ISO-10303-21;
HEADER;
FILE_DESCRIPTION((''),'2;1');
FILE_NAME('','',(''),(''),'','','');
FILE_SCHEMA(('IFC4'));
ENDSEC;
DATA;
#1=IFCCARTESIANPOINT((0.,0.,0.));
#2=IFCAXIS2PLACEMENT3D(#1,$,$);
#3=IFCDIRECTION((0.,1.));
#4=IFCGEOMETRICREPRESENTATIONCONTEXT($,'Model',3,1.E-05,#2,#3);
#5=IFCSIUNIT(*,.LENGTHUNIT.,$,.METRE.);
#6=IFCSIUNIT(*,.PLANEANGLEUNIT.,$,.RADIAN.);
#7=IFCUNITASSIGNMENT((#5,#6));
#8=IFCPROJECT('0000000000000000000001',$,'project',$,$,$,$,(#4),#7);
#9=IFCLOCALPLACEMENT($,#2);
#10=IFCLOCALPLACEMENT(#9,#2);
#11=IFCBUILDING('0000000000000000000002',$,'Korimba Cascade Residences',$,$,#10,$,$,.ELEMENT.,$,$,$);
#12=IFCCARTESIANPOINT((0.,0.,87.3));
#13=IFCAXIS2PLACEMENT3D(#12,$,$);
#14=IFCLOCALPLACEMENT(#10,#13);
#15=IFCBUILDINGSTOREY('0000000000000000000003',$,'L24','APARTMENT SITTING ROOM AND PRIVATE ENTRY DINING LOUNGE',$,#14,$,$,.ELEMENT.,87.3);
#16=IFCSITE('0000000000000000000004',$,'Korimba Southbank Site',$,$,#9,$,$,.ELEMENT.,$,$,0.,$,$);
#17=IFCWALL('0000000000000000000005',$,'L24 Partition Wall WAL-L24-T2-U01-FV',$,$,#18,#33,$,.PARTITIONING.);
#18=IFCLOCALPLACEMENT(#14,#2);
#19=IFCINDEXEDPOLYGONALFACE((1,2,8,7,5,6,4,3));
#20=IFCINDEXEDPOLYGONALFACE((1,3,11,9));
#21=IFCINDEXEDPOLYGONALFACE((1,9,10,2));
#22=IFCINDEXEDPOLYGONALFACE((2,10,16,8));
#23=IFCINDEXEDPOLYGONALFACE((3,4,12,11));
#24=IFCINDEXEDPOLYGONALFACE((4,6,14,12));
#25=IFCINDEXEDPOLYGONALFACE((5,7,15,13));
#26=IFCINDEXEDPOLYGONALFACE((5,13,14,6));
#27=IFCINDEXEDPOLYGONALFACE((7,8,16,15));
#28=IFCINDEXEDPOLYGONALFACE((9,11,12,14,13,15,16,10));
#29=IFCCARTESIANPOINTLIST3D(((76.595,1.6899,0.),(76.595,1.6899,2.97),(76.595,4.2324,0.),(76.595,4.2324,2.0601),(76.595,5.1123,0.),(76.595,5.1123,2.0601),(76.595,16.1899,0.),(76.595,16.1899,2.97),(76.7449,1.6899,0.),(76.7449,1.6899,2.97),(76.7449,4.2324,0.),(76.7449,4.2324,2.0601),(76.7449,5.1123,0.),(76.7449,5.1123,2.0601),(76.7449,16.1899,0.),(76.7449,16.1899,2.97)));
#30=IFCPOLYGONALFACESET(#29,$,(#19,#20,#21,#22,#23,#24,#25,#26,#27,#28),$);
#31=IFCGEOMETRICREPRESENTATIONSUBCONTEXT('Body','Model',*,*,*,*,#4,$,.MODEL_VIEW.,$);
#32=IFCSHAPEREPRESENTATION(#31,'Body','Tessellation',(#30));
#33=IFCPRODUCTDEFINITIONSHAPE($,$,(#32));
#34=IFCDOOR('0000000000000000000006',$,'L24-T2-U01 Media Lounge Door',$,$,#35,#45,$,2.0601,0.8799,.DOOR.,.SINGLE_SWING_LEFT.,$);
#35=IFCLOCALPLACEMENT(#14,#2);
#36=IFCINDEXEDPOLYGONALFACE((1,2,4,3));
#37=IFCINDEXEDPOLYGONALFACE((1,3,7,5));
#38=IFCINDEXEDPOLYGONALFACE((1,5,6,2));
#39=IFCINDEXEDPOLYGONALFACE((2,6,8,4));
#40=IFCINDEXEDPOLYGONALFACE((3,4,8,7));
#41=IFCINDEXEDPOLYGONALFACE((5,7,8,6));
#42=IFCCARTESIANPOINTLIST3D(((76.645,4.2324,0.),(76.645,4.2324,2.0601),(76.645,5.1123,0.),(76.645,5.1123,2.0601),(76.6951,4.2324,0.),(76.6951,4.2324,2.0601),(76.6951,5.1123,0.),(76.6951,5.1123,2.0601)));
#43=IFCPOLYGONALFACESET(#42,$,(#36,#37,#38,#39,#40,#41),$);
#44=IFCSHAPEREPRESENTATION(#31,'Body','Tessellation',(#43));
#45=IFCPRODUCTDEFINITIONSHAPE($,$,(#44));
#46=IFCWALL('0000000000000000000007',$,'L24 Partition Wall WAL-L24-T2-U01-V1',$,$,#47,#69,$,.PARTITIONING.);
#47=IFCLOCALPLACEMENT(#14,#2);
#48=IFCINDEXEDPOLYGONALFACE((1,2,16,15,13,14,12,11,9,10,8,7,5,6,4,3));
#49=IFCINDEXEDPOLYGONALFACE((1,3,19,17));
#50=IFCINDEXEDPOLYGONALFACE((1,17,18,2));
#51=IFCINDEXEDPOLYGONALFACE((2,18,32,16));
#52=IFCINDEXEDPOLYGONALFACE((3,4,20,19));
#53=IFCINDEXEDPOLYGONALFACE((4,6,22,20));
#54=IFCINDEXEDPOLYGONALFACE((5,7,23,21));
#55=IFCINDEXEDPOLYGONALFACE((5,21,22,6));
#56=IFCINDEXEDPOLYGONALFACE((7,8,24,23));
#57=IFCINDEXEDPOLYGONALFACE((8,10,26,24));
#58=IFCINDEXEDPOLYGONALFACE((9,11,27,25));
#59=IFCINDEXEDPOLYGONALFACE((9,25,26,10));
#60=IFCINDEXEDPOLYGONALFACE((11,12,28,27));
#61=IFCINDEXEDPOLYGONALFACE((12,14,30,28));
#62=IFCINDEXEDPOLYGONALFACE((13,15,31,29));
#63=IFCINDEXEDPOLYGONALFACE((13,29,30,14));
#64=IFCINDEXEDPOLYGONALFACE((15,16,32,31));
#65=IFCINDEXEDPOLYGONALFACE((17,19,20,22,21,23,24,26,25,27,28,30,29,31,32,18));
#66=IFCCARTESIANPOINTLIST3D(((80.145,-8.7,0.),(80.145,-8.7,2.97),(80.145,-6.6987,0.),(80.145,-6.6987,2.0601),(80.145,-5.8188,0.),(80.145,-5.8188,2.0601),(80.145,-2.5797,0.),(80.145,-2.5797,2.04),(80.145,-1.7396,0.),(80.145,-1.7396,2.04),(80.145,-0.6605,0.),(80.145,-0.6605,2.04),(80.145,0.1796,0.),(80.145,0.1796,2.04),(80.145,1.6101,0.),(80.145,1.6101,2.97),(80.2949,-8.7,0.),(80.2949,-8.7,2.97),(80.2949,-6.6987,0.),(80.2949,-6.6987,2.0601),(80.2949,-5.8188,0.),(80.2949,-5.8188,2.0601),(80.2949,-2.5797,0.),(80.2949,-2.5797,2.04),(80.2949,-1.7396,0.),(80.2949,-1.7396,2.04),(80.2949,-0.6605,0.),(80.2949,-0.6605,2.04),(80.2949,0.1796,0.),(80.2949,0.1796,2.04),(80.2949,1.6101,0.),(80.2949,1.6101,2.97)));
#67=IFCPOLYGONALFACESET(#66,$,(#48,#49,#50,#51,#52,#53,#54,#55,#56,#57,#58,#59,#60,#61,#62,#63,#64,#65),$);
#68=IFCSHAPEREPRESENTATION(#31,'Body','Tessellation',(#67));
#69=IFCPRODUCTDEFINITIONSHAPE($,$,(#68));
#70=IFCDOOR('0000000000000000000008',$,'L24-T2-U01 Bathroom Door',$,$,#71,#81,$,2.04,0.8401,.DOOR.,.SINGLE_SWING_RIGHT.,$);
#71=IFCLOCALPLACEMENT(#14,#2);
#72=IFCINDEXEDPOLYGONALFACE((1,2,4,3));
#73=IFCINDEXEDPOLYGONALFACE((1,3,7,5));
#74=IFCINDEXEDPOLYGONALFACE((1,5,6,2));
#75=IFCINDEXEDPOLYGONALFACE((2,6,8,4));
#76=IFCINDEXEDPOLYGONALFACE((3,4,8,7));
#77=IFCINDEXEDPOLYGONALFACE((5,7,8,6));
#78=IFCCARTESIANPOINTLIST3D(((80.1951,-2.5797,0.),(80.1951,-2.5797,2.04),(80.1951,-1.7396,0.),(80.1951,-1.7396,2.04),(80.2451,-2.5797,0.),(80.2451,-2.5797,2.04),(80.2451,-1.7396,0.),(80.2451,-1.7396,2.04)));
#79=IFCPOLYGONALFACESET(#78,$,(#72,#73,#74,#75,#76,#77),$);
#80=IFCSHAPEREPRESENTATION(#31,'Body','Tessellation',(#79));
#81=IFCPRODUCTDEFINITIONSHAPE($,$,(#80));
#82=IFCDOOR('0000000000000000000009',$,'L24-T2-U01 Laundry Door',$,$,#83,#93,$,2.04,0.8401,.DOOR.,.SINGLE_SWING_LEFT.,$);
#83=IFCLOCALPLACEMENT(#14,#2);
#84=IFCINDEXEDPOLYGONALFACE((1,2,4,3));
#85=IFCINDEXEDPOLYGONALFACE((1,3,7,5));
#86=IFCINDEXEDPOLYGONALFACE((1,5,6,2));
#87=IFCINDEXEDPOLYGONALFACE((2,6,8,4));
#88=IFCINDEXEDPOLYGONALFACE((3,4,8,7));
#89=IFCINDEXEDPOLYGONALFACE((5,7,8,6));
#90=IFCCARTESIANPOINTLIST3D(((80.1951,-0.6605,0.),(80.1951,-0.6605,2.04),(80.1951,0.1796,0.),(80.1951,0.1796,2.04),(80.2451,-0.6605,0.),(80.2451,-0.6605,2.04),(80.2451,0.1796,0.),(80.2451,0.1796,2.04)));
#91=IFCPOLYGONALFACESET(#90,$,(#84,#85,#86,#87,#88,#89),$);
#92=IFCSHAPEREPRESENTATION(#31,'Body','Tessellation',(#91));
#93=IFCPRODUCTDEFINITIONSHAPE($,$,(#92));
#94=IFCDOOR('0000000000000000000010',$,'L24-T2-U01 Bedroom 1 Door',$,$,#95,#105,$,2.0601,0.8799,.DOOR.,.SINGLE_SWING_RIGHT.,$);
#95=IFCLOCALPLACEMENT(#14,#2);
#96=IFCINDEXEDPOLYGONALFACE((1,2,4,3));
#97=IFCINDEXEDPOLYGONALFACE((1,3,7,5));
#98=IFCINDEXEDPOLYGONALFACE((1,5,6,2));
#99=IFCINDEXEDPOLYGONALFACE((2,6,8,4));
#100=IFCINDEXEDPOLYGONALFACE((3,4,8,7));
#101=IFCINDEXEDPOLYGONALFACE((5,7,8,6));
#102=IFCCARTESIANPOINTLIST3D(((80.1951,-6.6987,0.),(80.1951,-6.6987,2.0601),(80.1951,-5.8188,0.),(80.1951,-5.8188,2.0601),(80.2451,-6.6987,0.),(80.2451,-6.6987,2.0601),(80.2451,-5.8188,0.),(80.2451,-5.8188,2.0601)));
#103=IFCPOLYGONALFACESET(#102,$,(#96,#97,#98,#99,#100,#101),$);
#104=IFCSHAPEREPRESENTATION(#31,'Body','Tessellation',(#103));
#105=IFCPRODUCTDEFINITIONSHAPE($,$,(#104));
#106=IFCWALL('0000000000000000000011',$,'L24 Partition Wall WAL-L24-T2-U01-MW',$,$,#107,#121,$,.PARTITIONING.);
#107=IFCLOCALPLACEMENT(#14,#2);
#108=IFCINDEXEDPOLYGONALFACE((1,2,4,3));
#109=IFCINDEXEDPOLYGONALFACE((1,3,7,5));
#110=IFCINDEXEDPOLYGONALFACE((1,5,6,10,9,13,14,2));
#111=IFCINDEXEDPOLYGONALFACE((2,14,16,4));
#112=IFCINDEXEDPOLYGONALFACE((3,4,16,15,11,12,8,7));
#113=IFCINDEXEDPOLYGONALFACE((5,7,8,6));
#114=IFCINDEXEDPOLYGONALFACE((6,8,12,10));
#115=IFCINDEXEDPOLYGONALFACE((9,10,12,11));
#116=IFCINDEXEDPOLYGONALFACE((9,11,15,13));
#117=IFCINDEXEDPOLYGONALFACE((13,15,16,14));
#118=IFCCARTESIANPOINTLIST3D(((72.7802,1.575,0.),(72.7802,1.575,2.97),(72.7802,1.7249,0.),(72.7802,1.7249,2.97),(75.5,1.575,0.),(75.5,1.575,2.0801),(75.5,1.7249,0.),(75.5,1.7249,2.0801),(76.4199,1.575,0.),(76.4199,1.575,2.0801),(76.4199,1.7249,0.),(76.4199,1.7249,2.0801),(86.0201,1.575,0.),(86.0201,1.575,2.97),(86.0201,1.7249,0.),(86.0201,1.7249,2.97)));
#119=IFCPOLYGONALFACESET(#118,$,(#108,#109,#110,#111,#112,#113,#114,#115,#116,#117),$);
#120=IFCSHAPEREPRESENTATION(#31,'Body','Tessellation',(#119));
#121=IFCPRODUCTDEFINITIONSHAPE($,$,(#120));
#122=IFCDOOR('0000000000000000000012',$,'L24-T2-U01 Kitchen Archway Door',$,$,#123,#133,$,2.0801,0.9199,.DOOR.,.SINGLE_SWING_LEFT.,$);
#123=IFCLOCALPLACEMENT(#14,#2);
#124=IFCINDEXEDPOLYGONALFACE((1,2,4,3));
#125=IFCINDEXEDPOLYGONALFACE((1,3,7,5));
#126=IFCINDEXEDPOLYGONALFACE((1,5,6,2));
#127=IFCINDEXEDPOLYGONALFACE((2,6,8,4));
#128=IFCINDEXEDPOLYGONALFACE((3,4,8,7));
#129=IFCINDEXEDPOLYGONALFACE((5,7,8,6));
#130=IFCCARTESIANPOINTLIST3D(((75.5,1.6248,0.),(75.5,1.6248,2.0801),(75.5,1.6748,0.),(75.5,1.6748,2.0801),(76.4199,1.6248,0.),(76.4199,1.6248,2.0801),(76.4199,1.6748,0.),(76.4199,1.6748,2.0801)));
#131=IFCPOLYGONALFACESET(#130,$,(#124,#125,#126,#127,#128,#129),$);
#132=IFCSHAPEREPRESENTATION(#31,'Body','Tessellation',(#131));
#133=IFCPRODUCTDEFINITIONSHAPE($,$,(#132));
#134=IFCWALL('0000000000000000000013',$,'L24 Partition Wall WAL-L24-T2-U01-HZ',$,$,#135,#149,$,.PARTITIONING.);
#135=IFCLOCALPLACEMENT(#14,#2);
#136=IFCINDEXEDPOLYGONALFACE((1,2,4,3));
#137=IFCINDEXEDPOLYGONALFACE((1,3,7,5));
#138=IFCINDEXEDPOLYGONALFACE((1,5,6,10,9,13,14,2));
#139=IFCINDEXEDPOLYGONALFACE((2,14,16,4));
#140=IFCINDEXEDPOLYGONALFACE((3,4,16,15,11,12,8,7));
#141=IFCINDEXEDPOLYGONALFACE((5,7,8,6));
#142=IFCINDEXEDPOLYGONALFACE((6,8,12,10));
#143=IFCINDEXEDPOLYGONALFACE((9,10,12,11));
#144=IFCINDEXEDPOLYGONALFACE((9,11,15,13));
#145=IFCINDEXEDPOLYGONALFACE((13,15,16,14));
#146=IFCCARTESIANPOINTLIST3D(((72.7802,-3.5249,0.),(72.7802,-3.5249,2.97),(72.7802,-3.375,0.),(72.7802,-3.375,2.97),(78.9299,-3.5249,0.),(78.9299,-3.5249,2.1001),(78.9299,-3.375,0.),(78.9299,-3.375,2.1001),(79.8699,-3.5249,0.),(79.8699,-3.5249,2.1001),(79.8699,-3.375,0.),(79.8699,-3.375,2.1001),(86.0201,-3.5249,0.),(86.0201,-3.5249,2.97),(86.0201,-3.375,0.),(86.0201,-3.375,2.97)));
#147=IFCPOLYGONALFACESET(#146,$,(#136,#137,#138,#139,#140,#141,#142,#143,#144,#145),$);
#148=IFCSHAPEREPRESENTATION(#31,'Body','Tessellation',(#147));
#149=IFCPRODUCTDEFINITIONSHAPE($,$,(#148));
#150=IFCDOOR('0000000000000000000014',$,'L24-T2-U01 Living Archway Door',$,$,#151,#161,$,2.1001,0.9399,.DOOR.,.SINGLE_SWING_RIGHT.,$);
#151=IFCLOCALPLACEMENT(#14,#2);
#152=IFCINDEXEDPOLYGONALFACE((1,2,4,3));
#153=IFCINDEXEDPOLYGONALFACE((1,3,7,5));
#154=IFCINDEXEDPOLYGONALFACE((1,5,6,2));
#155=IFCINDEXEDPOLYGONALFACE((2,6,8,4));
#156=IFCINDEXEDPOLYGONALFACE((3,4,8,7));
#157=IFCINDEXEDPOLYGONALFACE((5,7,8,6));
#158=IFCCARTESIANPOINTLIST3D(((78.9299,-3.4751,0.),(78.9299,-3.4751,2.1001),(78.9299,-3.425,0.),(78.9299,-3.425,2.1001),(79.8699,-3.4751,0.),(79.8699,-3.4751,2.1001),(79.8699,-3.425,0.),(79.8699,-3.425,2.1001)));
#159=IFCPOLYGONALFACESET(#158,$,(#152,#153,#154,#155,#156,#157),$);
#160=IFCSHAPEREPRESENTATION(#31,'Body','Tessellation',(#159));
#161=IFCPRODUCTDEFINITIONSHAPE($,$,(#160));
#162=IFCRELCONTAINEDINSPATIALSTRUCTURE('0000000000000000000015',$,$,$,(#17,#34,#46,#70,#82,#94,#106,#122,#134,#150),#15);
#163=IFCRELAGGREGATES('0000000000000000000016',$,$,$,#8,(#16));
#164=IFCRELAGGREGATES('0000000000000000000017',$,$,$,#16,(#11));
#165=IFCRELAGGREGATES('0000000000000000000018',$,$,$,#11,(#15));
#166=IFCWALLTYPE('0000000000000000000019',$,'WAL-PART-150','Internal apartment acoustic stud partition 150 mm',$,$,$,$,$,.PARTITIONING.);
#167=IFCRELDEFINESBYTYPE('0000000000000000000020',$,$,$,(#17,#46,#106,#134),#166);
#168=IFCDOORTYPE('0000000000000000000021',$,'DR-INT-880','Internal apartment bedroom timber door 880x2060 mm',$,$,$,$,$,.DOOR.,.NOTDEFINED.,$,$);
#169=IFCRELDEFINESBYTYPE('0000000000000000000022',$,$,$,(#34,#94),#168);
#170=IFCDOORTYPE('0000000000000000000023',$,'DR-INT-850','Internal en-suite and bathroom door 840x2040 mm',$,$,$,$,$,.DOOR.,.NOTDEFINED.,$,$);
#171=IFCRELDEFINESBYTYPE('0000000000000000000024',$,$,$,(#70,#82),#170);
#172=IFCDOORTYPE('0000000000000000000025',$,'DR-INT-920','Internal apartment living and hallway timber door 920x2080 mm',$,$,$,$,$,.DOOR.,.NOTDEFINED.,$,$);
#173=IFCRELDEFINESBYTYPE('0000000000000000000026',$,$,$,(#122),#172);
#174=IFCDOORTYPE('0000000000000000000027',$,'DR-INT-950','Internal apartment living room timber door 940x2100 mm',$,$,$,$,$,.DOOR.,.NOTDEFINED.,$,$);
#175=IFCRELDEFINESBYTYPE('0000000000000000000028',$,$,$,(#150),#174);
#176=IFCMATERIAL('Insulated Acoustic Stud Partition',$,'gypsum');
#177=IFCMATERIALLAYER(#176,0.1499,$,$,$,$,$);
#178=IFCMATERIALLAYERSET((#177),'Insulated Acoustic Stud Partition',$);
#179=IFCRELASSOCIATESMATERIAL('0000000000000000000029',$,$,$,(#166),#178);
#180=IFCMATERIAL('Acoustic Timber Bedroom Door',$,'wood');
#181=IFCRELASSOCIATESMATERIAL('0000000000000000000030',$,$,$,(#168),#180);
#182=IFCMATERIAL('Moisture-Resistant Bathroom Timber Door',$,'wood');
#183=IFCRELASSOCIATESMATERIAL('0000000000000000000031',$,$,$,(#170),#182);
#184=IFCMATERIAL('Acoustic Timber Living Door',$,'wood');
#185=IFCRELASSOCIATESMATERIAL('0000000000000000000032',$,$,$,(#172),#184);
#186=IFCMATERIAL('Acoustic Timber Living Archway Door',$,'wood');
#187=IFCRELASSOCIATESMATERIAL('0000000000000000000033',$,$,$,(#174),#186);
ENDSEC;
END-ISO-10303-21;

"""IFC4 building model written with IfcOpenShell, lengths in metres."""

from ifc_helpers import new_model, si_unit, direction, frame, frame_2d, origin, place, context, subcontext, project, spatial, rectangle, extrude, material, layer, layer_set, type_object, element, fill, save


model = new_model("IFC4")

# Units and contexts
model_context = context("Model", 3, precision=1e-05, world=origin(), true_north=direction((0.0, 1.0)))
body_context = subcontext(model_context, "Body", "Model", "MODEL_VIEW")
ifc_project = project(units=[si_unit("LENGTHUNIT", "METRE"), si_unit("PLANEANGLEUNIT", "RADIAN")], contexts=[model_context])

# Site, building, storey
site_placement = place(None, origin())
site = spatial("IfcSite", under=ifc_project, at=site_placement, Name="Korimba Southbank Site", CompositionType="ELEMENT", RefElevation=0.0)
building_placement = place(site_placement, origin())
building = spatial("IfcBuilding", under=site, at=building_placement, Name="Korimba Cascade Residences", CompositionType="ELEMENT")
storey_placement = place(building_placement, frame((0.0, 0.0, 87.3)))
storey = spatial("IfcBuildingStorey", under=building, at=storey_placement, Name="L24", Description="APARTMENT SITTING ROOM AND PRIVATE ENTRY DINING LOUNGE", CompositionType="ELEMENT", Elevation=87.3)

# Wall, opening, door
ifc_material_1 = material(Name="Insulated Acoustic Stud Partition", Category="gypsum")
ifc_layer_1 = layer(ifc_material_1, 0.1499)
ifc_layer_set_1 = layer_set([ifc_layer_1], Name="Insulated Acoustic Stud Partition")
wall_type_1 = type_object("IfcWallType", Name="WAL-PART-150", Description="Internal apartment acoustic stud partition 150 mm", PredefinedType="PARTITIONING", material=ifc_layer_set_1)
wall_1_placement = place(storey_placement, frame((76.6699, 1.6899, 0.0), z_axis=(0.0, 0.0, 1.0), x_axis=(0.0, 1.0, 0.0)))
wall_1 = element("IfcWall", 1, at=wall_1_placement, inside=storey, type_object=wall_type_1, Name="L24 Partition Wall WAL-L24-T2-U01-FV", PredefinedType="PARTITIONING", context=body_context, shape_type="SweptSolid", body=[
    extrude(rectangle(XDim=14.5, YDim=0.1499, at=frame_2d((7.25, 0.0))), origin(), (0.0, 0.0, 1.0), 2.97),
])
opening_1_placement = place(wall_1_placement, frame((2.5425, 0.0, 0.0)))
opening_1 = element("IfcOpeningElement", 2, at=opening_1_placement, cuts=wall_1, PredefinedType="OPENING", context=body_context, shape_type="SweptSolid", body=[
    extrude(rectangle(XDim=0.8799, YDim=2.0601, at=frame_2d((0.4399, 1.03))), frame((0.0, 0.085, 0.0), z_axis=(0.0, -1.0, 0.0), x_axis=(1.0, 0.0, 0.0)), (0.0, 0.0, 1.0), 0.1699),
])
ifc_material_2 = material(Name="Acoustic Timber Bedroom Door", Category="wood")
door_type_1 = type_object("IfcDoorType", Name="DR-INT-880", Description="Internal apartment bedroom timber door 880x2060 mm", OperationType="NOTDEFINED", PredefinedType="DOOR", material=ifc_material_2)
door_1_placement = place(opening_1_placement, origin())
door_1 = element("IfcDoor", 3, at=door_1_placement, inside=storey, type_object=door_type_1, Name="L24-T2-U01 Media Lounge Door", OperationType="SINGLE_SWING_LEFT", OverallHeight=2.0601, OverallWidth=0.8799, PredefinedType="DOOR", context=body_context, shape_type="SweptSolid", body=[
    extrude(rectangle(XDim=0.8799, YDim=2.0601, at=frame_2d((0.4399, 1.03))), frame((0.0, 0.0249, 0.0), z_axis=(0.0, -1.0, 0.0), x_axis=(1.0, 0.0, 0.0)), (0.0, 0.0, 1.0), 0.05),
])
fill(opening_1, door_1)

# Wall, openings, doors
wall_2_placement = place(storey_placement, frame((80.22, -8.7, 0.0), z_axis=(0.0, 0.0, 1.0), x_axis=(0.0, 1.0, 0.0)))
wall_2 = element("IfcWall", 4, at=wall_2_placement, inside=storey, type_object=wall_type_1, Name="L24 Partition Wall WAL-L24-T2-U01-V1", PredefinedType="PARTITIONING", context=body_context, shape_type="SweptSolid", body=[
    extrude(rectangle(XDim=10.3101, YDim=0.1499, at=frame_2d((5.155, 0.0))), origin(), (0.0, 0.0, 1.0), 2.97),
])
opening_2_placement = place(wall_2_placement, frame((6.1204, 0.0, 0.0)))
opening_2 = element("IfcOpeningElement", 5, at=opening_2_placement, cuts=wall_2, PredefinedType="OPENING", context=body_context, shape_type="SweptSolid", body=[
    extrude(rectangle(XDim=0.8401, YDim=2.04, at=frame_2d((0.4199, 1.02))), frame((0.0, 0.085, 0.0), z_axis=(0.0, -1.0, 0.0), x_axis=(1.0, 0.0, 0.0)), (0.0, 0.0, 1.0), 0.1699),
])
opening_3_placement = place(wall_2_placement, frame((8.0396, 0.0, 0.0)))
opening_3 = element("IfcOpeningElement", 6, at=opening_3_placement, cuts=wall_2, PredefinedType="OPENING", context=body_context, shape_type="SweptSolid", body=[
    extrude(rectangle(XDim=0.8401, YDim=2.04, at=frame_2d((0.4199, 1.02))), frame((0.0, 0.085, 0.0), z_axis=(0.0, -1.0, 0.0), x_axis=(1.0, 0.0, 0.0)), (0.0, 0.0, 1.0), 0.1699),
])
opening_4_placement = place(wall_2_placement, frame((2.0012, 0.0, 0.0)))
opening_4 = element("IfcOpeningElement", 7, at=opening_4_placement, cuts=wall_2, PredefinedType="OPENING", context=body_context, shape_type="SweptSolid", body=[
    extrude(rectangle(XDim=0.8799, YDim=2.0601, at=frame_2d((0.4399, 1.03))), frame((0.0, 0.085, 0.0), z_axis=(0.0, -1.0, 0.0), x_axis=(1.0, 0.0, 0.0)), (0.0, 0.0, 1.0), 0.1699),
])
ifc_material_3 = material(Name="Moisture-Resistant Bathroom Timber Door", Category="wood")
door_type_2 = type_object("IfcDoorType", Name="DR-INT-850", Description="Internal en-suite and bathroom door 840x2040 mm", OperationType="NOTDEFINED", PredefinedType="DOOR", material=ifc_material_3)
door_2_placement = place(opening_2_placement, origin())
door_2 = element("IfcDoor", 8, at=door_2_placement, inside=storey, type_object=door_type_2, Name="L24-T2-U01 Bathroom Door", OperationType="SINGLE_SWING_RIGHT", OverallHeight=2.04, OverallWidth=0.8401, PredefinedType="DOOR", context=body_context, shape_type="SweptSolid", body=[
    extrude(rectangle(XDim=0.8401, YDim=2.04, at=frame_2d((0.4199, 1.02))), frame((0.0, 0.0249, 0.0), z_axis=(0.0, -1.0, 0.0), x_axis=(1.0, 0.0, 0.0)), (0.0, 0.0, 1.0), 0.05),
])
fill(opening_2, door_2)
door_3_placement = place(opening_3_placement, origin())
door_3 = element("IfcDoor", 9, at=door_3_placement, inside=storey, type_object=door_type_2, Name="L24-T2-U01 Laundry Door", OperationType="SINGLE_SWING_LEFT", OverallHeight=2.04, OverallWidth=0.8401, PredefinedType="DOOR", context=body_context, shape_type="SweptSolid", body=[
    extrude(rectangle(XDim=0.8401, YDim=2.04, at=frame_2d((0.4199, 1.02))), frame((0.0, 0.0249, 0.0), z_axis=(0.0, -1.0, 0.0), x_axis=(1.0, 0.0, 0.0)), (0.0, 0.0, 1.0), 0.05),
])
fill(opening_3, door_3)
door_4_placement = place(opening_4_placement, origin())
door_4 = element("IfcDoor", 10, at=door_4_placement, inside=storey, type_object=door_type_1, Name="L24-T2-U01 Bedroom 1 Door", OperationType="SINGLE_SWING_RIGHT", OverallHeight=2.0601, OverallWidth=0.8799, PredefinedType="DOOR", context=body_context, shape_type="SweptSolid", body=[
    extrude(rectangle(XDim=0.8799, YDim=2.0601, at=frame_2d((0.4399, 1.03))), frame((0.0, 0.0249, 0.0), z_axis=(0.0, -1.0, 0.0), x_axis=(1.0, 0.0, 0.0)), (0.0, 0.0, 1.0), 0.05),
])
fill(opening_4, door_4)

# Walls, openings, doors
wall_3_placement = place(storey_placement, frame((72.78, 1.6499, 0.0), z_axis=(0.0, 0.0, 1.0), x_axis=(1.0, 0.0, 0.0)))
wall_3 = element("IfcWall", 11, at=wall_3_placement, inside=storey, type_object=wall_type_1, Name="L24 Partition Wall WAL-L24-T2-U01-MW", PredefinedType="PARTITIONING", context=body_context, shape_type="SweptSolid", body=[
    extrude(rectangle(XDim=13.24, YDim=0.1499, at=frame_2d((6.6201, 0.0))), origin(), (0.0, 0.0, 1.0), 2.97),
])
opening_5_placement = place(wall_3_placement, frame((2.72, 0.0, 0.0)))
opening_5 = element("IfcOpeningElement", 12, at=opening_5_placement, cuts=wall_3, PredefinedType="OPENING", context=body_context, shape_type="SweptSolid", body=[
    extrude(rectangle(XDim=0.9199, YDim=2.0801, at=frame_2d((0.46, 1.04))), frame((0.0, 0.085, 0.0), z_axis=(0.0, -1.0, 0.0), x_axis=(1.0, 0.0, 0.0)), (0.0, 0.0, 1.0), 0.1699),
])
ifc_material_4 = material(Name="Acoustic Timber Living Door", Category="wood")
door_type_3 = type_object("IfcDoorType", Name="DR-INT-920", Description="Internal apartment living and hallway timber door 920x2080 mm", OperationType="NOTDEFINED", PredefinedType="DOOR", material=ifc_material_4)
door_5_placement = place(opening_5_placement, origin())
door_5 = element("IfcDoor", 13, at=door_5_placement, inside=storey, type_object=door_type_3, Name="L24-T2-U01 Kitchen Archway Door", OperationType="SINGLE_SWING_LEFT", OverallHeight=2.0801, OverallWidth=0.9199, PredefinedType="DOOR", context=body_context, shape_type="SweptSolid", body=[
    extrude(rectangle(XDim=0.9199, YDim=2.0801, at=frame_2d((0.46, 1.04))), frame((0.0, 0.0249, 0.0), z_axis=(0.0, -1.0, 0.0), x_axis=(1.0, 0.0, 0.0)), (0.0, 0.0, 1.0), 0.05),
])
fill(opening_5, door_5)
wall_4_placement = place(storey_placement, frame((72.78, -3.45, 0.0), z_axis=(0.0, 0.0, 1.0), x_axis=(1.0, 0.0, 0.0)))
wall_4 = element("IfcWall", 14, at=wall_4_placement, inside=storey, type_object=wall_type_1, Name="L24 Partition Wall WAL-L24-T2-U01-HZ", PredefinedType="PARTITIONING", context=body_context, shape_type="SweptSolid", body=[
    extrude(rectangle(XDim=13.24, YDim=0.1499, at=frame_2d((6.6201, 0.0))), origin(), (0.0, 0.0, 1.0), 2.97),
])
opening_6_placement = place(wall_4_placement, frame((6.1499, 0.0, 0.0)))
opening_6 = element("IfcOpeningElement", 15, at=opening_6_placement, cuts=wall_4, PredefinedType="OPENING", context=body_context, shape_type="SweptSolid", body=[
    extrude(rectangle(XDim=0.9399, YDim=2.1001, at=frame_2d((0.47, 1.05))), frame((0.0, 0.085, 0.0), z_axis=(0.0, -1.0, 0.0), x_axis=(1.0, 0.0, 0.0)), (0.0, 0.0, 1.0), 0.1699),
])
ifc_material_5 = material(Name="Acoustic Timber Living Archway Door", Category="wood")
door_type_4 = type_object("IfcDoorType", Name="DR-INT-950", Description="Internal apartment living room timber door 940x2100 mm", OperationType="NOTDEFINED", PredefinedType="DOOR", material=ifc_material_5)
door_6_placement = place(opening_6_placement, origin())
door_6 = element("IfcDoor", 16, at=door_6_placement, inside=storey, type_object=door_type_4, Name="L24-T2-U01 Living Archway Door", OperationType="SINGLE_SWING_RIGHT", OverallHeight=2.1001, OverallWidth=0.9399, PredefinedType="DOOR", context=body_context, shape_type="SweptSolid", body=[
    extrude(rectangle(XDim=0.9399, YDim=2.1001, at=frame_2d((0.47, 1.05))), frame((0.0, 0.0249, 0.0), z_axis=(0.0, -1.0, 0.0), x_axis=(1.0, 0.0, 0.0)), (0.0, 0.0, 1.0), 0.05),
])
fill(opening_6, door_6)

save(model, "model.ifc")
